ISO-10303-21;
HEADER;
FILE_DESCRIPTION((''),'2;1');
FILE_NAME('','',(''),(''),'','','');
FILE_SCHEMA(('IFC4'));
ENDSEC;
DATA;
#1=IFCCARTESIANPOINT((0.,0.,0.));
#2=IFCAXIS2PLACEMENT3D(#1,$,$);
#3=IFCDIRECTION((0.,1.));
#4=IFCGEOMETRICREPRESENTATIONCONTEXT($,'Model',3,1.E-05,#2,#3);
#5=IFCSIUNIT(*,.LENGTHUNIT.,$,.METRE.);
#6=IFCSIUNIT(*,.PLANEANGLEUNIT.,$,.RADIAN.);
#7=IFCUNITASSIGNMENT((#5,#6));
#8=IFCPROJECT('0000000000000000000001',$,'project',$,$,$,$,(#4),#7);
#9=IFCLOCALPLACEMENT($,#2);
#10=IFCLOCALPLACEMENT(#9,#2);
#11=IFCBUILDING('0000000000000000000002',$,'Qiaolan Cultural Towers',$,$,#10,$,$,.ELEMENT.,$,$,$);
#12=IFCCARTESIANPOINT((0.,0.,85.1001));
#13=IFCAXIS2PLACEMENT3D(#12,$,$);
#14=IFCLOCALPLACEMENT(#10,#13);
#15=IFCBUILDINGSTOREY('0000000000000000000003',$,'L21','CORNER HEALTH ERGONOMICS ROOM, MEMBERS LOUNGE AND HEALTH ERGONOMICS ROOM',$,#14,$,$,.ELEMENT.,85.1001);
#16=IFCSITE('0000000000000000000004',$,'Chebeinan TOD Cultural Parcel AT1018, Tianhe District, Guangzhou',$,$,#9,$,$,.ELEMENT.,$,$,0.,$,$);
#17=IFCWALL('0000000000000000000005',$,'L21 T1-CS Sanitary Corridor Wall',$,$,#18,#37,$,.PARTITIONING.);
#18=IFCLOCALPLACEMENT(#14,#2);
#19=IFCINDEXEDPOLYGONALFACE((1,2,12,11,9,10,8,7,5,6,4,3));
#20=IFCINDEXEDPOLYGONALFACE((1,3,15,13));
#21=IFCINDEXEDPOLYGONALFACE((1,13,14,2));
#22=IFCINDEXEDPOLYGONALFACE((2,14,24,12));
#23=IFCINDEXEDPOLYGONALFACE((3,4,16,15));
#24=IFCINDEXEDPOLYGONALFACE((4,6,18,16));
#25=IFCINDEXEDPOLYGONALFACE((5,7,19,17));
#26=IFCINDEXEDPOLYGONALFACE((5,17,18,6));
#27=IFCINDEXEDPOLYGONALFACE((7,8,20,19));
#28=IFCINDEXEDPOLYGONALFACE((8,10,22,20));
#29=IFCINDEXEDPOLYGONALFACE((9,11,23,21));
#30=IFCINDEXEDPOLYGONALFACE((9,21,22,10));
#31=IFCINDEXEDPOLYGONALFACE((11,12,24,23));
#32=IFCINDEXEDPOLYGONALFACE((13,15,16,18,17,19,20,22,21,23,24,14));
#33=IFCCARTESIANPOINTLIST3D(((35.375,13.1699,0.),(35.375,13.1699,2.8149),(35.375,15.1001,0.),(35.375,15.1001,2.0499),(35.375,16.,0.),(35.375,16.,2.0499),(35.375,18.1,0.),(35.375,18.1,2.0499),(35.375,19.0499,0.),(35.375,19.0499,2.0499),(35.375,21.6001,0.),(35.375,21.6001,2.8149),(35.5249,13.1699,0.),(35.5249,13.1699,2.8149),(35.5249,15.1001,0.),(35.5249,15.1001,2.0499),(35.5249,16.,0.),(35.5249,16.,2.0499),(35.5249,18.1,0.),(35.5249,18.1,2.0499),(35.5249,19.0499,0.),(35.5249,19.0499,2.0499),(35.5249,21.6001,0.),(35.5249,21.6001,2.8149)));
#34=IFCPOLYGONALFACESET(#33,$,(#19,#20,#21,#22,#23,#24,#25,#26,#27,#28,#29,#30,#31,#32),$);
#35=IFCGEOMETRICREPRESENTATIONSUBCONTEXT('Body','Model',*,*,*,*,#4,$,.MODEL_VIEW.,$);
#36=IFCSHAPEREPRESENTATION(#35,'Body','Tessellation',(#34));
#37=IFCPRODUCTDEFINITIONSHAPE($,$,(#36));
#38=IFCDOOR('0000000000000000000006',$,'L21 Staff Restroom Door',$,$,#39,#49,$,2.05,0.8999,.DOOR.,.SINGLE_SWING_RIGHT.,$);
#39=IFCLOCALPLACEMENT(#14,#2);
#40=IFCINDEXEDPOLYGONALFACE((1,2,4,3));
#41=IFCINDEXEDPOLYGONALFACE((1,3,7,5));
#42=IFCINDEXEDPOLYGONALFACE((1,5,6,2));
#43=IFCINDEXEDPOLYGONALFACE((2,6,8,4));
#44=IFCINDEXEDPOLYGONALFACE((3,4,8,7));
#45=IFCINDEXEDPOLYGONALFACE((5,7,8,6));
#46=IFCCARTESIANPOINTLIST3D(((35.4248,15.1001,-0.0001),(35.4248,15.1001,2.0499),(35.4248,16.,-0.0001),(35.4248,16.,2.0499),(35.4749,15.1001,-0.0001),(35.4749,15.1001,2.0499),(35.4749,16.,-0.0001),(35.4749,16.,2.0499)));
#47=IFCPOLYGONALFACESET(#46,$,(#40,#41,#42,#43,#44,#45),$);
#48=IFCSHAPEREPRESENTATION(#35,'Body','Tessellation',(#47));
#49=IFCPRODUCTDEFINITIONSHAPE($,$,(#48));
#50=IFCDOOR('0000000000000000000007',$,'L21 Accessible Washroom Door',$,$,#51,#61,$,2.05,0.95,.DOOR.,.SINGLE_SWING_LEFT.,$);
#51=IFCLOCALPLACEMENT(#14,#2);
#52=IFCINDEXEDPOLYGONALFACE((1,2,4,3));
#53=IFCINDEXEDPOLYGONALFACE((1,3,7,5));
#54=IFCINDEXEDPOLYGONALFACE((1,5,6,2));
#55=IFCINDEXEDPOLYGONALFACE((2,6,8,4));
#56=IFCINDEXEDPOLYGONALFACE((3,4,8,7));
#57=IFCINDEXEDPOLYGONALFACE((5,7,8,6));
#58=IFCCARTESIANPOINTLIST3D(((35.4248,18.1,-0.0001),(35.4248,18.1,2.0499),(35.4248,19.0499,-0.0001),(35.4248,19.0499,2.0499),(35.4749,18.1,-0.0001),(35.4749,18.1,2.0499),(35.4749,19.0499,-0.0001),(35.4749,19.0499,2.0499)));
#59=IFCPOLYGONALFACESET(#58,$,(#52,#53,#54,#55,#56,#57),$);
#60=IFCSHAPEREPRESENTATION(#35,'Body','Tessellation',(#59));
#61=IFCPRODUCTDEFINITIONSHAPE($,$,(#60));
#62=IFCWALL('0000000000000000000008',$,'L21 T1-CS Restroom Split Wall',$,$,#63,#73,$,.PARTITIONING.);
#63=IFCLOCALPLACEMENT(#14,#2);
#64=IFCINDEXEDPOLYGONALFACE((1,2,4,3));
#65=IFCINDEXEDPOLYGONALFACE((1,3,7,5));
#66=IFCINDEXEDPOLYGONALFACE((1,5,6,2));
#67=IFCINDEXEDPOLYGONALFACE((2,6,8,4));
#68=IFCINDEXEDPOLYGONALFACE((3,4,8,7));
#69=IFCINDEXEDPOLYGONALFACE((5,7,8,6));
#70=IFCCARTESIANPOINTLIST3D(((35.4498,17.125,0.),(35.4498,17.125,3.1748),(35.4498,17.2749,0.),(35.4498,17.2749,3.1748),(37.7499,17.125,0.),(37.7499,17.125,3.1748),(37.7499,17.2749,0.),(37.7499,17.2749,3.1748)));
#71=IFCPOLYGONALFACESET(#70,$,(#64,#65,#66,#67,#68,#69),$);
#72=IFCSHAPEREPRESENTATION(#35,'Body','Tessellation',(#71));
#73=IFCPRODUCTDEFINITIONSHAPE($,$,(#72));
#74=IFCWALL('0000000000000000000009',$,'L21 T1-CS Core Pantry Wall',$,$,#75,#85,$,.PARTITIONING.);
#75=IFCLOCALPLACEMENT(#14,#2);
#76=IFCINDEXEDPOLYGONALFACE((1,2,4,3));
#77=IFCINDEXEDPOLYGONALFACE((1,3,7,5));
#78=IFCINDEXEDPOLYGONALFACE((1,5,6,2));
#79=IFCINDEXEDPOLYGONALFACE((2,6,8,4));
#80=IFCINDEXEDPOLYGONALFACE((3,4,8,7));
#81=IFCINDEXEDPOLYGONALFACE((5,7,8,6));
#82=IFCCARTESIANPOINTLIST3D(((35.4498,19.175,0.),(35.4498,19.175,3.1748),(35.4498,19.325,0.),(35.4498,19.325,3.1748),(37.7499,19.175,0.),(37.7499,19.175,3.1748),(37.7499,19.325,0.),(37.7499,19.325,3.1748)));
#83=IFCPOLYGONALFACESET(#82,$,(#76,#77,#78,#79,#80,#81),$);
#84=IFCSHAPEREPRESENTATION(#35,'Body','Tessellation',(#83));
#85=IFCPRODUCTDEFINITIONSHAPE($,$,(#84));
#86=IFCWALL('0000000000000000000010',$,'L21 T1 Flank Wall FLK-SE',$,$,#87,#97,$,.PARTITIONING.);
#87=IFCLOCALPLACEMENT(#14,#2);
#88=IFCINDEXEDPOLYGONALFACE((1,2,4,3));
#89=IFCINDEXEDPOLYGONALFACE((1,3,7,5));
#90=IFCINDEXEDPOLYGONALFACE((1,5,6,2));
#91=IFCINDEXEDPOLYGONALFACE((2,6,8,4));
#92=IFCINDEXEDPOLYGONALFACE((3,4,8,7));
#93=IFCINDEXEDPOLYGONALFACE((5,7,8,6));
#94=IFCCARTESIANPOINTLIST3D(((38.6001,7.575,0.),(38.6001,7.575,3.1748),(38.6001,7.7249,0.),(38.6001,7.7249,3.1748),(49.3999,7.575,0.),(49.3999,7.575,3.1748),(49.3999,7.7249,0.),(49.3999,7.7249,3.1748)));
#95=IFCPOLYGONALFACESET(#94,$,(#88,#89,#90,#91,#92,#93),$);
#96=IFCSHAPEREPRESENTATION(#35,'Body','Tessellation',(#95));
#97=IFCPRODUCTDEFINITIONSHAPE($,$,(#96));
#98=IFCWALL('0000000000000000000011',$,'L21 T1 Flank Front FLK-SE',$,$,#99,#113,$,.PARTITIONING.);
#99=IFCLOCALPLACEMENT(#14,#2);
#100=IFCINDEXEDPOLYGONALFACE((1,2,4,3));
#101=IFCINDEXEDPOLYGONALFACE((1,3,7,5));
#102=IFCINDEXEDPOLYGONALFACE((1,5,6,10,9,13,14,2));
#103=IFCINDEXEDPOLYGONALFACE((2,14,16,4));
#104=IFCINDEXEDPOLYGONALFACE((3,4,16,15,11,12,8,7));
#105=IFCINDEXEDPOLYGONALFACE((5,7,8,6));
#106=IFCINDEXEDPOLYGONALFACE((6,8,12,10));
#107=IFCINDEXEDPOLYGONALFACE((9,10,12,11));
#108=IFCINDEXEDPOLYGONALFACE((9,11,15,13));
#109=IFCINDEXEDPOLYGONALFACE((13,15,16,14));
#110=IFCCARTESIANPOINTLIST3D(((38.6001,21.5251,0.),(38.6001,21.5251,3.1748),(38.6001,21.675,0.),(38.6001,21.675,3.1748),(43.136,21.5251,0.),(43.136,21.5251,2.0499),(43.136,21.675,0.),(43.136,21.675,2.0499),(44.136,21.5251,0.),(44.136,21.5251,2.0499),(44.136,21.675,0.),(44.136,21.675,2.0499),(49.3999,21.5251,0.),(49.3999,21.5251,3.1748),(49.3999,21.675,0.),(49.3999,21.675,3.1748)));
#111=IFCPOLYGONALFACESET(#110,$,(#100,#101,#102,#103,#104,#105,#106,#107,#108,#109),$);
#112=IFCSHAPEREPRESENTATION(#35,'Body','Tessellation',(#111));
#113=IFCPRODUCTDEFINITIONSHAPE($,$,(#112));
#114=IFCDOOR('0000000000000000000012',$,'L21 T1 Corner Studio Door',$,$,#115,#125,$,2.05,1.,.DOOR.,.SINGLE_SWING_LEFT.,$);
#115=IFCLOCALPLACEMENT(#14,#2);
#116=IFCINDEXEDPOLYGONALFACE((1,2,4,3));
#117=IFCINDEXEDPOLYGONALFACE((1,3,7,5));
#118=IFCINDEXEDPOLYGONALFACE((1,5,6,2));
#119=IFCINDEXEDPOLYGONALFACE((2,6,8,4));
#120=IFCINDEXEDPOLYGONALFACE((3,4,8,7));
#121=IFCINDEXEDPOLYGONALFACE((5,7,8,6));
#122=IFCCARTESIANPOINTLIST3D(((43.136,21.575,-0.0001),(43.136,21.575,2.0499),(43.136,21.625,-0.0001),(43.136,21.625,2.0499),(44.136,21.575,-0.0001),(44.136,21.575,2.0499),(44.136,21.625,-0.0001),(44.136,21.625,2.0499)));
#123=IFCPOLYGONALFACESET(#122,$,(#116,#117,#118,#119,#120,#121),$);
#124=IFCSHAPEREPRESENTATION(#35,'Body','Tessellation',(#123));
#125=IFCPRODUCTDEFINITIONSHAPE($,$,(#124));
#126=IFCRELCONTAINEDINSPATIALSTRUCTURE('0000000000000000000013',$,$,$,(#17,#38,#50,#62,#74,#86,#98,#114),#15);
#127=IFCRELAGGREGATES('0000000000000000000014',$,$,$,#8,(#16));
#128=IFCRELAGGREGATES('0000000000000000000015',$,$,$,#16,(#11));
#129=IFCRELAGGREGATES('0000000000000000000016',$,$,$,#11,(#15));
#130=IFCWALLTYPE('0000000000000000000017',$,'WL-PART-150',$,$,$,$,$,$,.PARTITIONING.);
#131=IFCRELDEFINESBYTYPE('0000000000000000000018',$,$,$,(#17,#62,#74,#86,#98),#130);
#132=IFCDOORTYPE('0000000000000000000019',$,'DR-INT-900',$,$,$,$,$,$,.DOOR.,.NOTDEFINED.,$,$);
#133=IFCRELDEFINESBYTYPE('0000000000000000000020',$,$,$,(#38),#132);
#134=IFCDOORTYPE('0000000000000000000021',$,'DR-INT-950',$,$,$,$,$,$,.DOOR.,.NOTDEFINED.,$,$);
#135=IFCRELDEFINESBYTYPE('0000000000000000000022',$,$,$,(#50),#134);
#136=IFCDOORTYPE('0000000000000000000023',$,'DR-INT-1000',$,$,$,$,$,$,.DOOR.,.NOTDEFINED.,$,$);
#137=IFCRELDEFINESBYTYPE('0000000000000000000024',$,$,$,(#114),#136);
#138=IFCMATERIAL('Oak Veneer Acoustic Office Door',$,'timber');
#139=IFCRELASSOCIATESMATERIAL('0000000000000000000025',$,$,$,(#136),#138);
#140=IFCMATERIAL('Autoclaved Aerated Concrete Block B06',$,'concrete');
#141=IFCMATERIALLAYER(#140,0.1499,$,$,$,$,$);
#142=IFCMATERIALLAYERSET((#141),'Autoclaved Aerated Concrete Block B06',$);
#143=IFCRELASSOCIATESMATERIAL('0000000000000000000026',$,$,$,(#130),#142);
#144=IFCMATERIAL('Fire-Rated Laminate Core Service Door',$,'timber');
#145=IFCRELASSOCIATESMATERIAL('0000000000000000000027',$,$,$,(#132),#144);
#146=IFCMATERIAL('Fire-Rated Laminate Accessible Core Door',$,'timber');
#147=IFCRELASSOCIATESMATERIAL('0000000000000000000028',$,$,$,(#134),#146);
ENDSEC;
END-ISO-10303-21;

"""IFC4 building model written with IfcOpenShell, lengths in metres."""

from ifc_helpers import new_model, si_unit, direction, frame, frame_2d, origin, place, context, subcontext, project, spatial, rectangle, extrude, material, layer, layer_set, type_object, element, fill, save


model = new_model("IFC4")

# Units and contexts
model_context = context("Model", 3, precision=1e-05, world=origin(), true_north=direction((0.0, 1.0)))
body_context = subcontext(model_context, "Body", "Model", "MODEL_VIEW")
ifc_project = project(units=[si_unit("LENGTHUNIT", "METRE"), si_unit("PLANEANGLEUNIT", "RADIAN")], contexts=[model_context])

# Site, building, storey
site_placement = place(None, origin())
site = spatial("IfcSite", under=ifc_project, at=site_placement, Name="Chebeinan TOD Cultural Parcel AT1018, Tianhe District, Guangzhou", CompositionType="ELEMENT", RefElevation=0.0)
building_placement = place(site_placement, origin())
building = spatial("IfcBuilding", under=site, at=building_placement, Name="Qiaolan Cultural Towers", CompositionType="ELEMENT")
storey_placement = place(building_placement, frame((0.0, 0.0, 85.1001)))
storey = spatial("IfcBuildingStorey", under=building, at=storey_placement, Name="L21", Description="CORNER HEALTH ERGONOMICS ROOM, MEMBERS LOUNGE AND HEALTH ERGONOMICS ROOM", CompositionType="ELEMENT", Elevation=85.1001)

# Shared definitions
ifc_material_1 = material(Name="Oak Veneer Acoustic Office Door", Category="timber")
door_type_1 = type_object("IfcDoorType", Name="DR-INT-1000", OperationType="NOTDEFINED", PredefinedType="DOOR", material=ifc_material_1)

# Shared definitions
ifc_material_2 = material(Name="Autoclaved Aerated Concrete Block B06", Category="concrete")
ifc_layer_1 = layer(ifc_material_2, 0.1499)
ifc_layer_set_1 = layer_set([ifc_layer_1], Name="Autoclaved Aerated Concrete Block B06")
wall_type_1 = type_object("IfcWallType", Name="WL-PART-150", PredefinedType="PARTITIONING", material=ifc_layer_set_1)

# Wall, openings, doors
ifc_material_3 = material(Name="Fire-Rated Laminate Core Service Door", Category="timber")
door_type_2 = type_object("IfcDoorType", Name="DR-INT-900", OperationType="NOTDEFINED", PredefinedType="DOOR", material=ifc_material_3)
ifc_material_4 = material(Name="Fire-Rated Laminate Accessible Core Door", Category="timber")
door_type_3 = type_object("IfcDoorType", Name="DR-INT-950", OperationType="NOTDEFINED", PredefinedType="DOOR", material=ifc_material_4)
wall_1_placement = place(storey_placement, frame((35.45, 21.6001, 0.0), z_axis=(0.0, 0.0, 1.0), x_axis=(0.0, -1.0, 0.0)))
wall_1 = element("IfcWall", 1, at=wall_1_placement, inside=storey, type_object=wall_type_1, Name="L21 T1-CS Sanitary Corridor Wall", PredefinedType="PARTITIONING", context=body_context, shape_type="SweptSolid", body=[
    extrude(rectangle(XDim=8.4302, YDim=0.1499, at=frame_2d((4.2151, 0.0))), origin(), (0.0, 0.0, 1.0), 2.8149),
])
opening_1_placement = place(wall_1_placement, frame((2.55, 0.0, 0.0)))
opening_1 = element("IfcOpeningElement", 2, at=opening_1_placement, cuts=wall_1, PredefinedType="OPENING", context=body_context, shape_type="SweptSolid", body=[
    extrude(rectangle(XDim=0.95, YDim=2.05, at=frame_2d((0.4751, 1.0249))), frame((0.0, 0.085, 0.0), z_axis=(0.0, -1.0, 0.0), x_axis=(1.0, 0.0, 0.0)), (0.0, 0.0, 1.0), 0.1699),
])
opening_2_placement = place(wall_1_placement, frame((5.6001, 0.0, 0.0)))
opening_2 = element("IfcOpeningElement", 3, at=opening_2_placement, cuts=wall_1, PredefinedType="OPENING", context=body_context, shape_type="SweptSolid", body=[
    extrude(rectangle(XDim=0.8999, YDim=2.05, at=frame_2d((0.45, 1.0249))), frame((0.0, 0.085, 0.0), z_axis=(0.0, -1.0, 0.0), x_axis=(1.0, 0.0, 0.0)), (0.0, 0.0, 1.0), 0.1699),
])
door_1_placement = place(opening_2_placement, origin())
door_1 = element("IfcDoor", 4, at=door_1_placement, inside=storey, type_object=door_type_2, Name="L21 Staff Restroom Door", OperationType="SINGLE_SWING_RIGHT", OverallHeight=2.05, OverallWidth=0.8999, PredefinedType="DOOR", context=body_context, shape_type="SweptSolid", body=[
    extrude(rectangle(XDim=0.8999, YDim=2.05, at=frame_2d((0.45, 1.0249))), frame((0.0, 0.0249, 0.0), z_axis=(0.0, -1.0, 0.0), x_axis=(1.0, 0.0, 0.0)), (0.0, 0.0, 1.0), 0.05),
])
fill(opening_2, door_1)
door_2_placement = place(opening_1_placement, origin())
door_2 = element("IfcDoor", 5, at=door_2_placement, inside=storey, type_object=door_type_3, Name="L21 Accessible Washroom Door", OperationType="SINGLE_SWING_LEFT", OverallHeight=2.05, OverallWidth=0.95, PredefinedType="DOOR", context=body_context, shape_type="SweptSolid", body=[
    extrude(rectangle(XDim=0.95, YDim=2.05, at=frame_2d((0.4751, 1.0249))), frame((0.0, 0.0249, 0.0), z_axis=(0.0, -1.0, 0.0), x_axis=(1.0, 0.0, 0.0)), (0.0, 0.0, 1.0), 0.05),
])
fill(opening_1, door_2)

# Walls
for number, where, z_axis, x_axis, name in (
    (6, (35.45, 17.2, 0.0), (0.0, 0.0, 1.0), (1.0, 0.0, 0.0), "L21 T1-CS Restroom Split Wall"),
    (7, (35.45, 19.25, 0.0), (0.0, 0.0, 1.0), (1.0, 0.0, 0.0), "L21 T1-CS Core Pantry Wall"),
):
    element("IfcWall", number, at=place(storey_placement, frame(where, z_axis=z_axis, x_axis=x_axis)), inside=storey, type_object=wall_type_1, Name=name, PredefinedType="PARTITIONING", context=body_context, shape_type="SweptSolid", body=[
        extrude(rectangle(XDim=2.3, YDim=0.1499, at=frame_2d((1.1499, 0.0))), origin(), (0.0, 0.0, 1.0), 3.1748),
    ])
wall_2_placement = place(storey_placement, frame((38.6001, 7.6499, 0.0), z_axis=(0.0, 0.0, 1.0), x_axis=(1.0, 0.0, 0.0)))
element("IfcWall", 8, at=wall_2_placement, inside=storey, type_object=wall_type_1, Name="L21 T1 Flank Wall FLK-SE", PredefinedType="PARTITIONING", context=body_context, shape_type="SweptSolid", body=[
    extrude(rectangle(XDim=10.7998, YDim=0.1499, at=frame_2d((5.3999, 0.0))), origin(), (0.0, 0.0, 1.0), 3.1748),
])

# Wall, opening, door
wall_3_placement = place(storey_placement, frame((38.6001, 21.6001, 0.0), z_axis=(0.0, 0.0, 1.0), x_axis=(1.0, 0.0, 0.0)))
wall_3 = element("IfcWall", 9, at=wall_3_placement, inside=storey, type_object=wall_type_1, Name="L21 T1 Flank Front FLK-SE", PredefinedType="PARTITIONING", context=body_context, shape_type="SweptSolid", body=[
    extrude(rectangle(XDim=10.7998, YDim=0.1499, at=frame_2d((5.3999, 0.0))), origin(), (0.0, 0.0, 1.0), 3.1748),
])
opening_3_placement = place(wall_3_placement, frame((4.5359, 0.0, 0.0)))
opening_3 = element("IfcOpeningElement", 10, at=opening_3_placement, cuts=wall_3, PredefinedType="OPENING", context=body_context, shape_type="SweptSolid", body=[
    extrude(rectangle(XDim=1.0, YDim=2.05, at=frame_2d((0.5, 1.0249))), frame((0.0, 0.085, 0.0), z_axis=(0.0, -1.0, 0.0), x_axis=(1.0, 0.0, 0.0)), (0.0, 0.0, 1.0), 0.1699),
])
door_3_placement = place(opening_3_placement, origin())
door_3 = element("IfcDoor", 11, at=door_3_placement, inside=storey, type_object=door_type_1, Name="L21 T1 Corner Studio Door", OperationType="SINGLE_SWING_LEFT", OverallHeight=2.05, OverallWidth=1.0, PredefinedType="DOOR", context=body_context, shape_type="SweptSolid", body=[
    extrude(rectangle(XDim=1.0, YDim=2.05, at=frame_2d((0.5, 1.0249))), frame((0.0, 0.0249, 0.0), z_axis=(0.0, -1.0, 0.0), x_axis=(1.0, 0.0, 0.0)), (0.0, 0.0, 1.0), 0.05),
])
fill(opening_3, door_3)

save(model, "model.ifc")
